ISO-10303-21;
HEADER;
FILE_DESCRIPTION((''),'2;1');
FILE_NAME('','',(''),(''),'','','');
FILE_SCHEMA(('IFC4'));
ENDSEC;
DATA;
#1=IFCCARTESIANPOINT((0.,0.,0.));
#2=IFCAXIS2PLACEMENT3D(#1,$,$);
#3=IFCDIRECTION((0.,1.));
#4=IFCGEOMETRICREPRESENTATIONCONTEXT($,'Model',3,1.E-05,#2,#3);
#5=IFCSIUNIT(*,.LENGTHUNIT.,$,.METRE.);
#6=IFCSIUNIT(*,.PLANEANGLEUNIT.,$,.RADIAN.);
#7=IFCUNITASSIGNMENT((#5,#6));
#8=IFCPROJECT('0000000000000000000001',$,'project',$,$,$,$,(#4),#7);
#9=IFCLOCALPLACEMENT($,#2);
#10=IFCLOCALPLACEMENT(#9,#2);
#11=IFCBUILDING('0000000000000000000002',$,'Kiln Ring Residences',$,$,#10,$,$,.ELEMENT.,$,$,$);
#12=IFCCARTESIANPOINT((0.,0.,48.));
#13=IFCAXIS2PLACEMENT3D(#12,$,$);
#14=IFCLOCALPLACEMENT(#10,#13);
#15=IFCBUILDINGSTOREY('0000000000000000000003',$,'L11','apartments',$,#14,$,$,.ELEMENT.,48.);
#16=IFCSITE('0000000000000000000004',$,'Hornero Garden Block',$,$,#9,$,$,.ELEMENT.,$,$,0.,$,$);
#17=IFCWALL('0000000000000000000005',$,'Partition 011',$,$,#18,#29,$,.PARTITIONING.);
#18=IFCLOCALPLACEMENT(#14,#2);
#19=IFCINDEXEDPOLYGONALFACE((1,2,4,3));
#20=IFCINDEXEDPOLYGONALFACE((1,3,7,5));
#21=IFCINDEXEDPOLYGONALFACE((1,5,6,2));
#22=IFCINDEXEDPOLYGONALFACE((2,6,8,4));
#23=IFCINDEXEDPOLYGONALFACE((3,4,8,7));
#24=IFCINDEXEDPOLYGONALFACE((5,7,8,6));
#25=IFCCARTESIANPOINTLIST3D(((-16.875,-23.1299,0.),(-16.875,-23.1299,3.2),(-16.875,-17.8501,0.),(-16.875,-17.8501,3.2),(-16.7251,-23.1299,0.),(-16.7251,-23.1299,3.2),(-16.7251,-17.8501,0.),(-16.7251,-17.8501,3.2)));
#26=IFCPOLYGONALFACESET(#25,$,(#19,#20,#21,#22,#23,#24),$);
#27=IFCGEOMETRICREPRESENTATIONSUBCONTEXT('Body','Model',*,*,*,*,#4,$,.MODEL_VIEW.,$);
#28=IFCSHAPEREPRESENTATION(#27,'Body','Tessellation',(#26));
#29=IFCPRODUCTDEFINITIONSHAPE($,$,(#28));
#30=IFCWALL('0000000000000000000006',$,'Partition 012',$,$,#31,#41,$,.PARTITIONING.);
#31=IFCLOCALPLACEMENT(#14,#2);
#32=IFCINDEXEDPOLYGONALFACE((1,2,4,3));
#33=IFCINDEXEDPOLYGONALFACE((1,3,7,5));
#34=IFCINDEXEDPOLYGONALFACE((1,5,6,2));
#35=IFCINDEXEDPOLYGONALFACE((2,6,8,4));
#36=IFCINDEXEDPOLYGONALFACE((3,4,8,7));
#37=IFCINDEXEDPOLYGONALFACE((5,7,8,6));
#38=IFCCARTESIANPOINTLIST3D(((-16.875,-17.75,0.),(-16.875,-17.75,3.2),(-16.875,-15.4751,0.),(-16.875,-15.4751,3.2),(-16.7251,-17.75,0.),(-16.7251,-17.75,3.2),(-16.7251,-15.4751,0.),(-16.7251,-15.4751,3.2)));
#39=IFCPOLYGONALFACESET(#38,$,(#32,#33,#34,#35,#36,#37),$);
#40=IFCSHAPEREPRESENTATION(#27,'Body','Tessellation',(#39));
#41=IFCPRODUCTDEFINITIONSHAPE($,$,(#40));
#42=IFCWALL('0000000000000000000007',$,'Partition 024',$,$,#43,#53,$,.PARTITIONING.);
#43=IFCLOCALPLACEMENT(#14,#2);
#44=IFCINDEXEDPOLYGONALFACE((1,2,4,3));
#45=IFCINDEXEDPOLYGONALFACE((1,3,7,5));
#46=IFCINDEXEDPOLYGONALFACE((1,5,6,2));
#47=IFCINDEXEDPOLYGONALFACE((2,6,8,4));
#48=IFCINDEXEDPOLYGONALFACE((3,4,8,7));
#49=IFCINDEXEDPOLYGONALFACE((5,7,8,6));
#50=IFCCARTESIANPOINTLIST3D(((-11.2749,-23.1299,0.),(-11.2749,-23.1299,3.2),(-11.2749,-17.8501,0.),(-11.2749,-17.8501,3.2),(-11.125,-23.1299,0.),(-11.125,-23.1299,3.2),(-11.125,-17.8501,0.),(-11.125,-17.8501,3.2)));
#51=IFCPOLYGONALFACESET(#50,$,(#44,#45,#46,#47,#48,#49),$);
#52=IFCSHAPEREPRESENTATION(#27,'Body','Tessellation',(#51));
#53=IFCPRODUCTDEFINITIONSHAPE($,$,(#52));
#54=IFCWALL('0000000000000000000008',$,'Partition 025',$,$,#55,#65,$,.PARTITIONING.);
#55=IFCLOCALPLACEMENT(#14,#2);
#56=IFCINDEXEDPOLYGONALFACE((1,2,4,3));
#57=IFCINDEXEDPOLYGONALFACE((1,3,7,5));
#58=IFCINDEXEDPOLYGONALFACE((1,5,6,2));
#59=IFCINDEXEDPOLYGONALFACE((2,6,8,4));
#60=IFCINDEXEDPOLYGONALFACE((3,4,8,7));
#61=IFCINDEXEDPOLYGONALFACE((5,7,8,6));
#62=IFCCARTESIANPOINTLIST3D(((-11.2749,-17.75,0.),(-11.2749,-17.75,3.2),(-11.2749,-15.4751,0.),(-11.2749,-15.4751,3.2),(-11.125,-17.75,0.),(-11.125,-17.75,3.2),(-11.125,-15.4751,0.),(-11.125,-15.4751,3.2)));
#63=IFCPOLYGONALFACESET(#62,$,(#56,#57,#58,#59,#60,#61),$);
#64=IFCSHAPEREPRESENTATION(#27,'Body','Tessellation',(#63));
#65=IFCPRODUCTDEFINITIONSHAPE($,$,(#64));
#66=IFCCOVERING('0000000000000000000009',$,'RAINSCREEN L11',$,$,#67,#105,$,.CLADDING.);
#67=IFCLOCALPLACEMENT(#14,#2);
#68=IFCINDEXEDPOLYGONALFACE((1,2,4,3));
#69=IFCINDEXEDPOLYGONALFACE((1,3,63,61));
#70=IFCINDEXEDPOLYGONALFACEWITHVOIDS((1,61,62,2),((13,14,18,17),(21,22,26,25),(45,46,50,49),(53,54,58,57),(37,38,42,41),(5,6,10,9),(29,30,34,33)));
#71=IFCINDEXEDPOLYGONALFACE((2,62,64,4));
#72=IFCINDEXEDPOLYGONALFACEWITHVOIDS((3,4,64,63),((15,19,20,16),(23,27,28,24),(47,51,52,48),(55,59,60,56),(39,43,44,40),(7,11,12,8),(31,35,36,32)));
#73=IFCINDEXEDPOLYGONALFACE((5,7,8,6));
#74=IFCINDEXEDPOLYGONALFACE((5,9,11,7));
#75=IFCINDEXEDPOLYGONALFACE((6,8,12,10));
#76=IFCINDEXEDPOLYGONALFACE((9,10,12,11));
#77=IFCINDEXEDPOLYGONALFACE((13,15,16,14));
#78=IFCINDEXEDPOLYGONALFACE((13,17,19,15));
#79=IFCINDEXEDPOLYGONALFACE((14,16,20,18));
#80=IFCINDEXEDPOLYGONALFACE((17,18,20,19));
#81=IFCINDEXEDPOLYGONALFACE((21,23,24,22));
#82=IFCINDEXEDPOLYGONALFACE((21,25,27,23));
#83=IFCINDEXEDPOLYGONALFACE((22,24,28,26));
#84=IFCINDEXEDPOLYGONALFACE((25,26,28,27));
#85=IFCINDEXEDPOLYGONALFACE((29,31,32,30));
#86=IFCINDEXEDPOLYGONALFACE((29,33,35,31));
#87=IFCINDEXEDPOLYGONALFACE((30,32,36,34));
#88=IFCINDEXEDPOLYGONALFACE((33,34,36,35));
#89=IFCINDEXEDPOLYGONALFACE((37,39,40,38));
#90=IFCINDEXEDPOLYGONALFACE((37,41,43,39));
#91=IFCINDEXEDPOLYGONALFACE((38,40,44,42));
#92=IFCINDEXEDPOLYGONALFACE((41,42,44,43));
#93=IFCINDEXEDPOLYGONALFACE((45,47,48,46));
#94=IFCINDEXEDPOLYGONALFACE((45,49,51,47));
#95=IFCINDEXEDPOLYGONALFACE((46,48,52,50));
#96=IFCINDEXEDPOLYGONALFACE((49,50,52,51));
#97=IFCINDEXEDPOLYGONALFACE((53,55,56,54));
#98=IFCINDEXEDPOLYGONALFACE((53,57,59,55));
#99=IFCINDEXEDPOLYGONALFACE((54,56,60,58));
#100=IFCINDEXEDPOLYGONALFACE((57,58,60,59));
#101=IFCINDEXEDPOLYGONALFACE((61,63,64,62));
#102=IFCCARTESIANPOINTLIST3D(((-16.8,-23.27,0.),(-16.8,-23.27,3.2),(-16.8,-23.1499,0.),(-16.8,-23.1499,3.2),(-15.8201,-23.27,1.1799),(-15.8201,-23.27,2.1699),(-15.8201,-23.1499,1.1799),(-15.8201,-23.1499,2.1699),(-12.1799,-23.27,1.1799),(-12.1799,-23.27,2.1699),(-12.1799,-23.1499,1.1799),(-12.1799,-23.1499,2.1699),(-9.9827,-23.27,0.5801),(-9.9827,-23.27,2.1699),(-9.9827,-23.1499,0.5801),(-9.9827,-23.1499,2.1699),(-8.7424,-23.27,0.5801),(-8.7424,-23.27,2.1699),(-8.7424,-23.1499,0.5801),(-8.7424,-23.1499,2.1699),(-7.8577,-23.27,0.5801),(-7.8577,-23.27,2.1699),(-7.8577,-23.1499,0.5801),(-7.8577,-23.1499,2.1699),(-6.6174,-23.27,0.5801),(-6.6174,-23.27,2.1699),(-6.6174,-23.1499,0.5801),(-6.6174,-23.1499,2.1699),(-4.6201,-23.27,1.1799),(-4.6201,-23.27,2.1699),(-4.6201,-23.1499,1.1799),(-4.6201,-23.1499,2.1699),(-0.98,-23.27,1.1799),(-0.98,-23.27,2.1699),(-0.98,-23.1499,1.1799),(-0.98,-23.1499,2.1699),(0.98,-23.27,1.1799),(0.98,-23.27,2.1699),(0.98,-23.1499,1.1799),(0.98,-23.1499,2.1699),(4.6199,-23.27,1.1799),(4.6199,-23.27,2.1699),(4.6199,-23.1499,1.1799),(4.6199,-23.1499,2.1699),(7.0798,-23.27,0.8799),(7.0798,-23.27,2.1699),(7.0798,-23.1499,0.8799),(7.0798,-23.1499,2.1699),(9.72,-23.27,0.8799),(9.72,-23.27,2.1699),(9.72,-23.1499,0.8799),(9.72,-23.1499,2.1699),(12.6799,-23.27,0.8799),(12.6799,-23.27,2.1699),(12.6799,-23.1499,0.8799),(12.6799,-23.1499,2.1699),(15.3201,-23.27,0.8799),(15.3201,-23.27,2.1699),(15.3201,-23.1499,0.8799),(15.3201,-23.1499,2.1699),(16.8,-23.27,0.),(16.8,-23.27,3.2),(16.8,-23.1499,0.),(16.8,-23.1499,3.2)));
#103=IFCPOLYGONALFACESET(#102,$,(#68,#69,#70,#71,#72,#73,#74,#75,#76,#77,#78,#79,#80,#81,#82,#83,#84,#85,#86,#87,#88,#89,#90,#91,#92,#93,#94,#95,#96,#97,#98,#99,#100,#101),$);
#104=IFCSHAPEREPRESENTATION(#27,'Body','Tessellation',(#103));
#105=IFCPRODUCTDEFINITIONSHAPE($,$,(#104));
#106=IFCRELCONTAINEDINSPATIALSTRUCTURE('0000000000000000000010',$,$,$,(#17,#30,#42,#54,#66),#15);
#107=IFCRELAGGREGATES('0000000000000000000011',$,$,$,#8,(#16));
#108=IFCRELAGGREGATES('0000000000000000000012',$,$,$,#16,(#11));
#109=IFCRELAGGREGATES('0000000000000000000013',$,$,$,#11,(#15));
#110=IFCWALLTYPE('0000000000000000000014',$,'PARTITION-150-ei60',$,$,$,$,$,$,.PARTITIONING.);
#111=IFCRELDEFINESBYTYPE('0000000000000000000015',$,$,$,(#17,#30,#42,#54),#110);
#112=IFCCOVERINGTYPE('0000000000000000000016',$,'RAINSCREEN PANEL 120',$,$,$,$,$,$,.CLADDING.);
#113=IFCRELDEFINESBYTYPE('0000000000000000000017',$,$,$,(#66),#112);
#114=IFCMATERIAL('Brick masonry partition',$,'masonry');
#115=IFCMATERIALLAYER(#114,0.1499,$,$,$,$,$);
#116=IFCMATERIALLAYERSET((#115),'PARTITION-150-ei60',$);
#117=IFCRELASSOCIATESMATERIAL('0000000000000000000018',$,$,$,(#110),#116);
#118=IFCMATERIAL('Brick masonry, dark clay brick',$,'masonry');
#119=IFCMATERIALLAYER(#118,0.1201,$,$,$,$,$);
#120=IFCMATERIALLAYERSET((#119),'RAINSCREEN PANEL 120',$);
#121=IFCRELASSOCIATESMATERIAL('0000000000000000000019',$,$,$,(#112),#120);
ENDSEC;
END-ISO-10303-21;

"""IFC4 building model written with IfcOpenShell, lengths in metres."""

from ifc_helpers import new_model, si_unit, direction, frame, frame_2d, origin, place, context, subcontext, project, spatial, polyline, rectangle, outline, extrude, material, layer, layer_set, type_object, element, save


model = new_model("IFC4")

# Units and contexts
model_context = context("Model", 3, precision=1e-05, world=origin(), true_north=direction((0.0, 1.0)))
body_context = subcontext(model_context, "Body", "Model", "MODEL_VIEW")
ifc_project = project(units=[si_unit("LENGTHUNIT", "METRE"), si_unit("PLANEANGLEUNIT", "RADIAN")], contexts=[model_context])

# Site, building, storey
site_placement = place(None, origin())
site = spatial("IfcSite", under=ifc_project, at=site_placement, Name="Hornero Garden Block", CompositionType="ELEMENT", RefElevation=0.0)
building_placement = place(site_placement, origin())
building = spatial("IfcBuilding", under=site, at=building_placement, Name="Kiln Ring Residences", CompositionType="ELEMENT")
storey_placement = place(building_placement, frame((0.0, 0.0, 48.0)))
storey = spatial("IfcBuildingStorey", under=building, at=storey_placement, Name="L11", Description="apartments", CompositionType="ELEMENT", Elevation=48.0)

# Walls
ifc_material_1 = material(Name="Brick masonry partition", Category="masonry")
ifc_layer_1 = layer(ifc_material_1, 0.1499)
ifc_layer_set_1 = layer_set([ifc_layer_1], Name="PARTITION-150-ei60")
wall_type_1 = type_object("IfcWallType", Name="PARTITION-150-ei60", PredefinedType="PARTITIONING", material=ifc_layer_set_1)
wall_1_placement = place(storey_placement, frame((-16.8, -23.1299, 0.0), z_axis=(0.0, 0.0, 1.0), x_axis=(0.0, 1.0, 0.0)))
element("IfcWall", 1, at=wall_1_placement, inside=storey, type_object=wall_type_1, Name="Partition 011", PredefinedType="PARTITIONING", context=body_context, shape_type="SweptSolid", body=[
    extrude(rectangle(XDim=5.2798, YDim=0.1499, at=frame_2d((2.6399, 0.0))), origin(), (0.0, 0.0, 1.0), 3.2),
])
wall_2_placement = place(storey_placement, frame((-16.8, -17.75, 0.0), z_axis=(0.0, 0.0, 1.0), x_axis=(0.0, 1.0, 0.0)))
element("IfcWall", 2, at=wall_2_placement, inside=storey, type_object=wall_type_1, Name="Partition 012", PredefinedType="PARTITIONING", context=body_context, shape_type="SweptSolid", body=[
    extrude(rectangle(XDim=2.2749, YDim=0.1499, at=frame_2d((1.1375, 0.0))), origin(), (0.0, 0.0, 1.0), 3.2),
])
wall_3_placement = place(storey_placement, frame((-11.2, -23.1299, 0.0), z_axis=(0.0, 0.0, 1.0), x_axis=(0.0, 1.0, 0.0)))
element("IfcWall", 3, at=wall_3_placement, inside=storey, type_object=wall_type_1, Name="Partition 024", PredefinedType="PARTITIONING", context=body_context, shape_type="SweptSolid", body=[
    extrude(rectangle(XDim=5.2798, YDim=0.1499, at=frame_2d((2.6399, 0.0))), origin(), (0.0, 0.0, 1.0), 3.2),
])
wall_4_placement = place(storey_placement, frame((-11.2, -17.75, 0.0), z_axis=(0.0, 0.0, 1.0), x_axis=(0.0, 1.0, 0.0)))
element("IfcWall", 4, at=wall_4_placement, inside=storey, type_object=wall_type_1, Name="Partition 025", PredefinedType="PARTITIONING", context=body_context, shape_type="SweptSolid", body=[
    extrude(rectangle(XDim=2.2749, YDim=0.1499, at=frame_2d((1.1375, 0.0))), origin(), (0.0, 0.0, 1.0), 3.2),
])

# Covering
ifc_material_2 = material(Name="Brick masonry, dark clay brick", Category="masonry")
ifc_layer_2 = layer(ifc_material_2, 0.1201)
ifc_layer_set_2 = layer_set([ifc_layer_2], Name="RAINSCREEN PANEL 120")
covering_type = type_object("IfcCoveringType", Name="RAINSCREEN PANEL 120", PredefinedType="CLADDING", material=ifc_layer_set_2)
covering_placement = place(storey_placement, frame((-16.8, -23.21, 0.0), z_axis=(0.0, 0.0, 1.0), x_axis=(1.0, 0.0, 0.0)))
element("IfcCovering", 5, at=covering_placement, inside=storey, type_object=covering_type, Name="RAINSCREEN L11", PredefinedType="CLADDING", context=body_context, shape_type="SweptSolid", body=[
    extrude(outline(polyline([(0.0, 0.0), (33.6001, 0.0), (33.6001, 3.2), (0.0, 3.2), (0.0, 0.0)]), holes=[polyline([(8.0576, 0.5801), (8.0576, 2.1699), (6.8174, 2.1699), (6.8174, 0.5801), (8.0576, 0.5801)]), polyline([(8.9424, 0.5801), (10.1826, 0.5801), (10.1826, 2.1699), (8.9424, 2.1699), (8.9424, 0.5801)]), polyline([(23.8799, 0.8799), (26.52, 0.8799), (26.52, 2.1699), (23.8799, 2.1699), (23.8799, 0.8799)]), polyline([(29.48, 0.8799), (32.1201, 0.8799), (32.1201, 2.1699), (29.48, 2.1699), (29.48, 0.8799)]), polyline([(0.98, 1.1799), (4.6201, 1.1799), (4.6201, 2.1699), (0.98, 2.1699), (0.98, 1.1799)]), polyline([(12.1799, 1.1799), (15.8201, 1.1799), (15.8201, 2.1699), (12.1799, 2.1699), (12.1799, 1.1799)]), polyline([(17.78, 1.1799), (21.4199, 1.1799), (21.4199, 2.1699), (17.78, 2.1699), (17.78, 1.1799)])]), frame((0.0, 0.0601, 0.0), z_axis=(0.0, -1.0, 0.0), x_axis=(1.0, 0.0, 0.0)), (0.0, 0.0, 1.0), 0.1201),
])

save(model, "model.ifc")
